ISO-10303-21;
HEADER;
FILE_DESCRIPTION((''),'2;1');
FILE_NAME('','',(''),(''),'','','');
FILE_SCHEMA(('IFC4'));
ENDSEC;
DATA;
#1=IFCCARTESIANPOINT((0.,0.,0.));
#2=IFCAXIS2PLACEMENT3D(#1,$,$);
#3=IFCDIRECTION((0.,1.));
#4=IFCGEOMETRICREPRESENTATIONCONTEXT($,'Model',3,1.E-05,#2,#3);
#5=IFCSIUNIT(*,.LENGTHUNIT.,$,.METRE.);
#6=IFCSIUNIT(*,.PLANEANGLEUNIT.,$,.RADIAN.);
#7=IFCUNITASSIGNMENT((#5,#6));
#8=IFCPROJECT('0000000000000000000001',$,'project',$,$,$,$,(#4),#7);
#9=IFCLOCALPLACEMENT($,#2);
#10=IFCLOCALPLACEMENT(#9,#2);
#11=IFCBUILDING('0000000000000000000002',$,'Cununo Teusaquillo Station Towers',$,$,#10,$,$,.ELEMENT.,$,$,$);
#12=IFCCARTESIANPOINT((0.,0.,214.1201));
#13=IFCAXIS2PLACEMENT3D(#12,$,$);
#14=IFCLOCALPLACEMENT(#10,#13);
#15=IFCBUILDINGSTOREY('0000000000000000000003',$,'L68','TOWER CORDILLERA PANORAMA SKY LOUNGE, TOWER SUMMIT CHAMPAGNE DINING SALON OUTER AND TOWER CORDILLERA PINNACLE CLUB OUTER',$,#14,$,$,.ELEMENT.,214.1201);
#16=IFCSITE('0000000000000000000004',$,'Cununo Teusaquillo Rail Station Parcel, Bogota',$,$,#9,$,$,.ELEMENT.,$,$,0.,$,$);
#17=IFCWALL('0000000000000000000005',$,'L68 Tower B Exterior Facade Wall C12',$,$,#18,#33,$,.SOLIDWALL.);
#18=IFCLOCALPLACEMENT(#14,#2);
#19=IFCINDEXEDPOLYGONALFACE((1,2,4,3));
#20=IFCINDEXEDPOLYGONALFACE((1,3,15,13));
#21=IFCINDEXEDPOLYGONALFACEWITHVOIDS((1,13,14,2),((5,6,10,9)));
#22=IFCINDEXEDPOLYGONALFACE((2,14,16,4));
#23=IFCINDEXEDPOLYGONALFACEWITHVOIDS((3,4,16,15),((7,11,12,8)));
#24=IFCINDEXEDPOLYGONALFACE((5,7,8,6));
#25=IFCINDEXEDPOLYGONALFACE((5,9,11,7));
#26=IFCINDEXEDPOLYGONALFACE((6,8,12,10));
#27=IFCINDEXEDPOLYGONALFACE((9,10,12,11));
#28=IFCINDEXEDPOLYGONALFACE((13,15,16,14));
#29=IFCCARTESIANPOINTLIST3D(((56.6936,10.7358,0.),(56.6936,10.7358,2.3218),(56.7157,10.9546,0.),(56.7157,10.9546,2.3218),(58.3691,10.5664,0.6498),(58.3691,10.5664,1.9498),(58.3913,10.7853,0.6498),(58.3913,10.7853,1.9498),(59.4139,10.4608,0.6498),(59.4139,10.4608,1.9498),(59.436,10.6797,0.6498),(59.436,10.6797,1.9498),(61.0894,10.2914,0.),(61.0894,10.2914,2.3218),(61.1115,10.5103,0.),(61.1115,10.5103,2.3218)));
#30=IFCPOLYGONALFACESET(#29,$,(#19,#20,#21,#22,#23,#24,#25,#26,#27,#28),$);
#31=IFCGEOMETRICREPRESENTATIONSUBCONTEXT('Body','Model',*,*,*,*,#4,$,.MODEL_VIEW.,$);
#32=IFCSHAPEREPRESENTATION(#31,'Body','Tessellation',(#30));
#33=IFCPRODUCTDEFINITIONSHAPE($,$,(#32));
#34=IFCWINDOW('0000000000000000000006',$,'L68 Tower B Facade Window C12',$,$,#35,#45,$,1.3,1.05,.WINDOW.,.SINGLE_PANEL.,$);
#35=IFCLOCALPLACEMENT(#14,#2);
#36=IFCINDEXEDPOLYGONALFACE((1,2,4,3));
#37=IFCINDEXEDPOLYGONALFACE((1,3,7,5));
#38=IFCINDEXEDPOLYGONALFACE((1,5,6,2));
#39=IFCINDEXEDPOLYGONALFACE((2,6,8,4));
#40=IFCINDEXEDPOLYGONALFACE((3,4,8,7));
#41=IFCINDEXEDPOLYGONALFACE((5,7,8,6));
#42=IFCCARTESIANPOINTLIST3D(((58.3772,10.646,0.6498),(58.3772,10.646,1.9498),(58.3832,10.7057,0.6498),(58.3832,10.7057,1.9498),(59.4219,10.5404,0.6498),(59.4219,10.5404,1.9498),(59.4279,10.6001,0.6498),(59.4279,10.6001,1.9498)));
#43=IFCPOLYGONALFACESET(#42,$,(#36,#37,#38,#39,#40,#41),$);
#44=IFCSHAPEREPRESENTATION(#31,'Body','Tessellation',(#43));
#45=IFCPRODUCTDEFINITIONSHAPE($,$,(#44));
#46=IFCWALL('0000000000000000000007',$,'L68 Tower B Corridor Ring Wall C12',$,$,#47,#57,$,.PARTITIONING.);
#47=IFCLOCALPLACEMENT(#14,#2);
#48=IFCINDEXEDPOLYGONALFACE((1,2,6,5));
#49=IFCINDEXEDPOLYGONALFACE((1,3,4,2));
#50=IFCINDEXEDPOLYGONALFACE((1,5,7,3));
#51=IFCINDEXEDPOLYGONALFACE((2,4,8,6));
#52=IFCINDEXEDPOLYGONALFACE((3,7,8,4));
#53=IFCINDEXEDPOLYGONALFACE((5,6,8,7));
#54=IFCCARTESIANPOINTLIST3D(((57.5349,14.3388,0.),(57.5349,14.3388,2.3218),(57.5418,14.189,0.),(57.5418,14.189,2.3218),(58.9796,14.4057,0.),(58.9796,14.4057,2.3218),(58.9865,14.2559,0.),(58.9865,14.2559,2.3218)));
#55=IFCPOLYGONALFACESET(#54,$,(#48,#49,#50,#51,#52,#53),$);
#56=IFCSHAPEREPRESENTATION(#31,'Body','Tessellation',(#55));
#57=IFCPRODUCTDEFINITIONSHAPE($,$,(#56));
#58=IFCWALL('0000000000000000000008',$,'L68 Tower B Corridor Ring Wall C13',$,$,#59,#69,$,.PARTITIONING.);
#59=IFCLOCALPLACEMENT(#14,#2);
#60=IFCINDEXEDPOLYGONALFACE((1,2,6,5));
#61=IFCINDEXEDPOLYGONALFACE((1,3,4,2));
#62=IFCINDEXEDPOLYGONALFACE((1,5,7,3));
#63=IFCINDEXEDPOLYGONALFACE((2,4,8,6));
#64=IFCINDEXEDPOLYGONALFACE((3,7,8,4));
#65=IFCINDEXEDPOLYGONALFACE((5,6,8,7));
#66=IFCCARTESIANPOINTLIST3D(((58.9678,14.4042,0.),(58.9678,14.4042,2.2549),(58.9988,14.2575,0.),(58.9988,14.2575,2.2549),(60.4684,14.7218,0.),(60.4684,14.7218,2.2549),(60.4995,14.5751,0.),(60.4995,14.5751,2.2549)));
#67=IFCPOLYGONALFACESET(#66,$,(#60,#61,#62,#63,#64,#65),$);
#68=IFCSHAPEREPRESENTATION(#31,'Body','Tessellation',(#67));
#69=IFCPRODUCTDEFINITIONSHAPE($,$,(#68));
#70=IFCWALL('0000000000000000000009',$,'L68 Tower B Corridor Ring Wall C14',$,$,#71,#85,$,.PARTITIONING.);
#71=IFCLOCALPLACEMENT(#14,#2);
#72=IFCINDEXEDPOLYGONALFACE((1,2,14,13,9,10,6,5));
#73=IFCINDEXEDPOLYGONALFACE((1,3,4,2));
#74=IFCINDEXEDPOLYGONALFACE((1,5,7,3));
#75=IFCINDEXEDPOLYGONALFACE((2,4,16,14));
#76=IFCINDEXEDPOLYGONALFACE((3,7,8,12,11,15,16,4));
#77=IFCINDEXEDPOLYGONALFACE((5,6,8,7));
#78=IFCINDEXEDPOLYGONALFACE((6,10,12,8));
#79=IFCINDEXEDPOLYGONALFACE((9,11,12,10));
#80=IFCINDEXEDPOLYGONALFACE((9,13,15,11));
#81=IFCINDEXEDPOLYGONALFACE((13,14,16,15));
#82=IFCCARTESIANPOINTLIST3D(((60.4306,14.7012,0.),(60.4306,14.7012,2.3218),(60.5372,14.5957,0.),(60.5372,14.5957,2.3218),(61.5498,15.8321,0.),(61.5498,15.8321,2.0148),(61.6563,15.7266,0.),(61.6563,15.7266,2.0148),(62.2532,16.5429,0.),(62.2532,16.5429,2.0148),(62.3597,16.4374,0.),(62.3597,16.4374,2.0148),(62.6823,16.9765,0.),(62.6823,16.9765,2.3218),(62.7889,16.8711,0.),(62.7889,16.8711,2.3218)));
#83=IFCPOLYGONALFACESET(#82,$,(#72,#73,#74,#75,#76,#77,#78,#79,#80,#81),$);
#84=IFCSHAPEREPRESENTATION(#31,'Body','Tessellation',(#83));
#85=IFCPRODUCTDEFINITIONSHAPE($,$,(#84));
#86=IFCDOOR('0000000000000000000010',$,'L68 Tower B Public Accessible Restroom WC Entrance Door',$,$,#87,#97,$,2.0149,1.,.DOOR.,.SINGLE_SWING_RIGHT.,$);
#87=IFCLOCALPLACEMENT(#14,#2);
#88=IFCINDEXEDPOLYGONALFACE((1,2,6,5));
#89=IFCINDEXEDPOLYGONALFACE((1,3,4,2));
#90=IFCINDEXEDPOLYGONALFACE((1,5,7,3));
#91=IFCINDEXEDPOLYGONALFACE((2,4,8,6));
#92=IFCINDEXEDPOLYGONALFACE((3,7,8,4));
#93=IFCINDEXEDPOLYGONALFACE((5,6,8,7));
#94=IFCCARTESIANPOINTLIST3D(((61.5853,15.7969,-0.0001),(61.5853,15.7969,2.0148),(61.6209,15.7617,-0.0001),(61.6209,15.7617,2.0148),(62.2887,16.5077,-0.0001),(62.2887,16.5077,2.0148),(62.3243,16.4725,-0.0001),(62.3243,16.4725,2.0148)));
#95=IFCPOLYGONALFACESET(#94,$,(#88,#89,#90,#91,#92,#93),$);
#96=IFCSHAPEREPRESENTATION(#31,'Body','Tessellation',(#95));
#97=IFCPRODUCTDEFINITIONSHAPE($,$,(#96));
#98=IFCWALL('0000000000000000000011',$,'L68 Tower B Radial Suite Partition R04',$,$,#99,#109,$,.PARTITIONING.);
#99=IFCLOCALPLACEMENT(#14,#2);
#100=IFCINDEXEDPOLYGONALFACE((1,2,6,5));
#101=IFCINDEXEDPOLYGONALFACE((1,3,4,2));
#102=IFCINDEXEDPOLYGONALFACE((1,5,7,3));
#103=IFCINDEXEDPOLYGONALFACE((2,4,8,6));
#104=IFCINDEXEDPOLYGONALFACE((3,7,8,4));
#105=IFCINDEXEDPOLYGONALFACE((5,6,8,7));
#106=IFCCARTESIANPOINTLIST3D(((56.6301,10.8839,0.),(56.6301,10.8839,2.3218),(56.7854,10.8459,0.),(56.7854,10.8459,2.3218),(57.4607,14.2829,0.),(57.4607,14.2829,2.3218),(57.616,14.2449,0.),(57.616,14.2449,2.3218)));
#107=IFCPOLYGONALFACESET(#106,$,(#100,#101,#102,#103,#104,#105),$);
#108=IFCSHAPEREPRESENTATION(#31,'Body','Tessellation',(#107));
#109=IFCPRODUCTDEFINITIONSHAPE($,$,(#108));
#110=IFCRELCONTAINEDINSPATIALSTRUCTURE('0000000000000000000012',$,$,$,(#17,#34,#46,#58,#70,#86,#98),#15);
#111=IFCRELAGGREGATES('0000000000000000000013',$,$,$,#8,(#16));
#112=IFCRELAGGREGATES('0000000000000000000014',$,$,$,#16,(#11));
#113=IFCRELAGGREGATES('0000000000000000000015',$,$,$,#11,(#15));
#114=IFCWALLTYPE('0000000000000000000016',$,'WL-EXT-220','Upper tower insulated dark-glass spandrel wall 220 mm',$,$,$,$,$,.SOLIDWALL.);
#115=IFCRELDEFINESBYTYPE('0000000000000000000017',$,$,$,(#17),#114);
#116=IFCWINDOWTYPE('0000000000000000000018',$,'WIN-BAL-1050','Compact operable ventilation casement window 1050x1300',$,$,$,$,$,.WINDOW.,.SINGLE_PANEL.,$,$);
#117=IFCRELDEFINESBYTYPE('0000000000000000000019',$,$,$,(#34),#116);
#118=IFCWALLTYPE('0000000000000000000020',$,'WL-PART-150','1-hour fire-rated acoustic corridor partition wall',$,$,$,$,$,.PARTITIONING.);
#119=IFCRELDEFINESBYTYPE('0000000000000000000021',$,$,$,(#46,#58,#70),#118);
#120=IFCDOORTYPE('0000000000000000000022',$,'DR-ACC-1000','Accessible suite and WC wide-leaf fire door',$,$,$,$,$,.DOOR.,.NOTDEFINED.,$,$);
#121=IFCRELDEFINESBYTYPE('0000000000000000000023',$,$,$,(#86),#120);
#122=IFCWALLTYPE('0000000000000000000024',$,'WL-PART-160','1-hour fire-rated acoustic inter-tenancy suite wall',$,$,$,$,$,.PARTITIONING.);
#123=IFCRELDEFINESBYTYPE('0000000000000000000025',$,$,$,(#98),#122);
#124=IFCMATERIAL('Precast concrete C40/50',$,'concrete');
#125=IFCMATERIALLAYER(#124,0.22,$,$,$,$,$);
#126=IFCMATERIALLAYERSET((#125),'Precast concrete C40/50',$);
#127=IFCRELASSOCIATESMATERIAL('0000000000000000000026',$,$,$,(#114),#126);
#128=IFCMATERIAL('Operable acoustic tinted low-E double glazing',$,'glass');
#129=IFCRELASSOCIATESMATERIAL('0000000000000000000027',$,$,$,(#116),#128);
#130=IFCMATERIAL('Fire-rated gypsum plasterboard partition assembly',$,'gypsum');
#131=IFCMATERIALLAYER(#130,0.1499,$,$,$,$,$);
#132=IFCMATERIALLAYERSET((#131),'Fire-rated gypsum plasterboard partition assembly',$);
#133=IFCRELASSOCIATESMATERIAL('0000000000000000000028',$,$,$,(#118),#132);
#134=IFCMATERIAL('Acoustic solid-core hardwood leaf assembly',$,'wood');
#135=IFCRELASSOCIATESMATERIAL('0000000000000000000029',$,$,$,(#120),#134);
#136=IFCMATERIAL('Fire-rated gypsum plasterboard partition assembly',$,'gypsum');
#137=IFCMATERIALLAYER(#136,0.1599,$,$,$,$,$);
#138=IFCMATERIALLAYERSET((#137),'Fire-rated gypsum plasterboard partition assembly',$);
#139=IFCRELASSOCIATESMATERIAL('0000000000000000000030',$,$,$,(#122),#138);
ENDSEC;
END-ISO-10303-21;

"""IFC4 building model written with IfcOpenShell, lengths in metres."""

from ifc_helpers import new_model, si_unit, direction, frame, frame_2d, origin, place, context, subcontext, project, spatial, rectangle, extrude, source, transform, mapped, material, layer, layer_set, type_object, element, fill, save


model = new_model("IFC4")

# Units and contexts
model_context = context("Model", 3, precision=1e-05, world=origin(), true_north=direction((0.0, 1.0)))
body_context = subcontext(model_context, "Body", "Model", "MODEL_VIEW")
ifc_project = project(units=[si_unit("LENGTHUNIT", "METRE"), si_unit("PLANEANGLEUNIT", "RADIAN")], contexts=[model_context])

# Site, building, storey
site_placement = place(None, origin())
site = spatial("IfcSite", under=ifc_project, at=site_placement, Name="Cununo Teusaquillo Rail Station Parcel, Bogota", CompositionType="ELEMENT", RefElevation=0.0)
building_placement = place(site_placement, origin())
building = spatial("IfcBuilding", under=site, at=building_placement, Name="Cununo Teusaquillo Station Towers", CompositionType="ELEMENT")
storey_placement = place(building_placement, frame((0.0, 0.0, 214.1201)))
storey = spatial("IfcBuildingStorey", under=building, at=storey_placement, Name="L68", Description="TOWER CORDILLERA PANORAMA SKY LOUNGE, TOWER SUMMIT CHAMPAGNE DINING SALON OUTER AND TOWER CORDILLERA PINNACLE CLUB OUTER", CompositionType="ELEMENT", Elevation=214.1201)

# Wall, opening, window
ifc_material_1 = material(Name="Precast concrete C40/50", Category="concrete")
ifc_layer_1 = layer(ifc_material_1, 0.22)
ifc_layer_set_1 = layer_set([ifc_layer_1], Name="Precast concrete C40/50")
wall_type_1 = type_object("IfcWallType", Name="WL-EXT-220", Description="Upper tower insulated dark-glass spandrel wall 220 mm", PredefinedType="SOLIDWALL", material=ifc_layer_set_1)
wall_1_placement = place(storey_placement, frame((61.1003, 10.4009, 0.0), z_axis=(0.0, 0.0, 1.0), x_axis=(-0.99493, 0.100571, 0.0)))
wall_1 = element("IfcWall", 1, at=wall_1_placement, inside=storey, type_object=wall_type_1, Name="L68 Tower B Exterior Facade Wall C12", PredefinedType="SOLIDWALL", context=body_context, shape_type="SweptSolid", body=[
    extrude(rectangle(XDim=4.4182, YDim=0.22, at=frame_2d((2.209, 0.0))), origin(), (0.0, 0.0, 1.0), 2.3218),
])
shared_shape_1 = source(origin(), body_context, "Body", "SweptSolid", [
    extrude(rectangle(XDim=1.05, YDim=1.3, at=frame_2d((0.5249, 0.6499))), frame((0.0, 0.1199, 0.0), z_axis=(0.0, -1.0, 0.0), x_axis=(1.0, 0.0, 0.0)), (0.0, 0.0, 1.0), 0.24),
])
opening_1_placement = place(wall_1_placement, frame((1.6841, 0.0, 0.6499)))
opening_1 = element("IfcOpeningElement", 2, at=opening_1_placement, cuts=wall_1, PredefinedType="OPENING", context=body_context, shape_type="MappedRepresentation", body=[
    mapped(shared_shape_1, transform((0.0, 0.0, 0.0), x_axis=(1.0, 0.0, 0.0), y_axis=(0.0, 1.0, 0.0), z_axis=(0.0, 0.0, 1.0), scale=1.0)),
])
ifc_material_2 = material(Name="Operable acoustic tinted low-E double glazing", Category="glass")
window_type = type_object("IfcWindowType", Name="WIN-BAL-1050", Description="Compact operable ventilation casement window 1050x1300", PartitioningType="SINGLE_PANEL", PredefinedType="WINDOW", material=ifc_material_2)
shared_shape_2 = source(origin(), body_context, "Body", "SweptSolid", [
    extrude(rectangle(XDim=1.05, YDim=1.3, at=frame_2d((0.5249, 0.6499))), frame((0.0, 0.03, 0.0), z_axis=(0.0, -1.0, 0.0), x_axis=(1.0, 0.0, 0.0)), (0.0, 0.0, 1.0), 0.0601),
])
window_placement = place(opening_1_placement, origin())
window = element("IfcWindow", 3, at=window_placement, inside=storey, type_object=window_type, Name="L68 Tower B Facade Window C12", OverallHeight=1.3, OverallWidth=1.05, PartitioningType="SINGLE_PANEL", PredefinedType="WINDOW", context=body_context, shape_type="MappedRepresentation", body=[
    mapped(shared_shape_2, transform((0.0, 0.0, 0.0), x_axis=(1.0, 0.0, 0.0), y_axis=(0.0, 1.0, 0.0), z_axis=(0.0, 0.0, 1.0), scale=1.0)),
])
fill(opening_1, window)

# Walls
ifc_material_3 = material(Name="Fire-rated gypsum plasterboard partition assembly", Category="gypsum")
ifc_layer_2 = layer(ifc_material_3, 0.1499)
ifc_layer_set_2 = layer_set([ifc_layer_2], Name="Fire-rated gypsum plasterboard partition assembly")
wall_type_2 = type_object("IfcWallType", Name="WL-PART-150", Description="1-hour fire-rated acoustic corridor partition wall", PredefinedType="PARTITIONING", material=ifc_layer_set_2)
wall_2_placement = place(storey_placement, frame((57.5383, 14.2639, 0.0), z_axis=(0.0, 0.0, 1.0), x_axis=(0.99893, 0.04625, 0.0)))
element("IfcWall", 4, at=wall_2_placement, inside=storey, type_object=wall_type_2, Name="L68 Tower B Corridor Ring Wall C12", PredefinedType="PARTITIONING", context=body_context, shape_type="SweptSolid", body=[
    extrude(rectangle(XDim=1.4463, YDim=0.1499, at=frame_2d((0.7231, 0.0))), origin(), (0.0, 0.0, 1.0), 2.3218),
])
wall_3_placement = place(storey_placement, frame((58.9832, 14.3308, 0.0), z_axis=(0.0, 0.0, 1.0), x_axis=(0.978328, 0.207061, 0.0)))
element("IfcWall", 5, at=wall_3_placement, inside=storey, type_object=wall_type_2, Name="L68 Tower B Corridor Ring Wall C13", PredefinedType="PARTITIONING", context=body_context, shape_type="SweptSolid", body=[
    extrude(rectangle(XDim=1.5339, YDim=0.1499, at=frame_2d((0.7671, 0.0))), origin(), (0.0, 0.0, 1.0), 2.2549),
])

# Wall, opening, door
wall_4_placement = place(storey_placement, frame((60.4839, 14.6484, 0.0), z_axis=(0.0, 0.0, 1.0), x_axis=(0.703398, 0.710796, 0.0)))
wall_4 = element("IfcWall", 6, at=wall_4_placement, inside=storey, type_object=wall_type_2, Name="L68 Tower B Corridor Ring Wall C14", PredefinedType="PARTITIONING", context=body_context, shape_type="SweptSolid", body=[
    extrude(rectangle(XDim=3.2012, YDim=0.1499, at=frame_2d((1.6006, 0.0))), origin(), (0.0, 0.0, 1.0), 2.3218),
])
shared_shape_3 = source(origin(), body_context, "Body", "SweptSolid", [
    extrude(rectangle(XDim=1.0, YDim=2.0149, at=frame_2d((0.5, 1.0073))), frame((0.0, 0.085, 0.0), z_axis=(0.0, -1.0, 0.0), x_axis=(1.0, 0.0, 0.0)), (0.0, 0.0, 1.0), 0.1699),
])
opening_2_placement = place(wall_4_placement, frame((1.5911, 0.0, 0.0)))
opening_2 = element("IfcOpeningElement", 7, at=opening_2_placement, cuts=wall_4, PredefinedType="OPENING", context=body_context, shape_type="MappedRepresentation", body=[
    mapped(shared_shape_3, transform((0.0, 0.0, 0.0), x_axis=(1.0, 0.0, 0.0), y_axis=(0.0, 1.0, 0.0), z_axis=(0.0, 0.0, 1.0), scale=1.0)),
])
ifc_material_4 = material(Name="Acoustic solid-core hardwood leaf assembly", Category="wood")
door_type_1 = type_object("IfcDoorType", Name="DR-ACC-1000", Description="Accessible suite and WC wide-leaf fire door", OperationType="NOTDEFINED", PredefinedType="DOOR", material=ifc_material_4)
shared_shape_4 = source(origin(), body_context, "Body", "SweptSolid", [
    extrude(rectangle(XDim=1.0, YDim=2.0149, at=frame_2d((0.5, 1.0073))), frame((0.0, 0.0249, 0.0), z_axis=(0.0, -1.0, 0.0), x_axis=(1.0, 0.0, 0.0)), (0.0, 0.0, 1.0), 0.05),
])
door_1_placement = place(opening_2_placement, origin())
door_1 = element("IfcDoor", 8, at=door_1_placement, inside=storey, type_object=door_type_1, Name="L68 Tower B Public Accessible Restroom WC Entrance Door", OperationType="SINGLE_SWING_RIGHT", OverallHeight=2.0149, OverallWidth=1.0, PredefinedType="DOOR", context=body_context, shape_type="MappedRepresentation", body=[
    mapped(shared_shape_4, transform((0.0, 0.0, 0.0), x_axis=(1.0, 0.0, 0.0), y_axis=(0.0, 1.0, 0.0), z_axis=(0.0, 0.0, 1.0), scale=1.0)),
])
fill(opening_2, door_1)

# Wall
ifc_material_5 = material(Name="Fire-rated gypsum plasterboard partition assembly", Category="gypsum")
ifc_layer_3 = layer(ifc_material_5, 0.1599)
ifc_layer_set_3 = layer_set([ifc_layer_3], Name="Fire-rated gypsum plasterboard partition assembly")
wall_type_3 = type_object("IfcWallType", Name="WL-PART-160", Description="1-hour fire-rated acoustic inter-tenancy suite wall", PredefinedType="PARTITIONING", material=ifc_layer_set_3)
wall_5_placement = place(storey_placement, frame((57.5383, 14.2639, 0.0), z_axis=(0.0, 0.0, 1.0), x_axis=(-0.237377, -0.971418, 0.0)))
element("IfcWall", 9, at=wall_5_placement, inside=storey, type_object=wall_type_3, Name="L68 Tower B Radial Suite Partition R04", PredefinedType="PARTITIONING", context=body_context, shape_type="SweptSolid", body=[
    extrude(rectangle(XDim=3.499, YDim=0.1599, at=frame_2d((1.7495, 0.0))), origin(), (0.0, 0.0, 1.0), 2.3218),
])

save(model, "model.ifc")
